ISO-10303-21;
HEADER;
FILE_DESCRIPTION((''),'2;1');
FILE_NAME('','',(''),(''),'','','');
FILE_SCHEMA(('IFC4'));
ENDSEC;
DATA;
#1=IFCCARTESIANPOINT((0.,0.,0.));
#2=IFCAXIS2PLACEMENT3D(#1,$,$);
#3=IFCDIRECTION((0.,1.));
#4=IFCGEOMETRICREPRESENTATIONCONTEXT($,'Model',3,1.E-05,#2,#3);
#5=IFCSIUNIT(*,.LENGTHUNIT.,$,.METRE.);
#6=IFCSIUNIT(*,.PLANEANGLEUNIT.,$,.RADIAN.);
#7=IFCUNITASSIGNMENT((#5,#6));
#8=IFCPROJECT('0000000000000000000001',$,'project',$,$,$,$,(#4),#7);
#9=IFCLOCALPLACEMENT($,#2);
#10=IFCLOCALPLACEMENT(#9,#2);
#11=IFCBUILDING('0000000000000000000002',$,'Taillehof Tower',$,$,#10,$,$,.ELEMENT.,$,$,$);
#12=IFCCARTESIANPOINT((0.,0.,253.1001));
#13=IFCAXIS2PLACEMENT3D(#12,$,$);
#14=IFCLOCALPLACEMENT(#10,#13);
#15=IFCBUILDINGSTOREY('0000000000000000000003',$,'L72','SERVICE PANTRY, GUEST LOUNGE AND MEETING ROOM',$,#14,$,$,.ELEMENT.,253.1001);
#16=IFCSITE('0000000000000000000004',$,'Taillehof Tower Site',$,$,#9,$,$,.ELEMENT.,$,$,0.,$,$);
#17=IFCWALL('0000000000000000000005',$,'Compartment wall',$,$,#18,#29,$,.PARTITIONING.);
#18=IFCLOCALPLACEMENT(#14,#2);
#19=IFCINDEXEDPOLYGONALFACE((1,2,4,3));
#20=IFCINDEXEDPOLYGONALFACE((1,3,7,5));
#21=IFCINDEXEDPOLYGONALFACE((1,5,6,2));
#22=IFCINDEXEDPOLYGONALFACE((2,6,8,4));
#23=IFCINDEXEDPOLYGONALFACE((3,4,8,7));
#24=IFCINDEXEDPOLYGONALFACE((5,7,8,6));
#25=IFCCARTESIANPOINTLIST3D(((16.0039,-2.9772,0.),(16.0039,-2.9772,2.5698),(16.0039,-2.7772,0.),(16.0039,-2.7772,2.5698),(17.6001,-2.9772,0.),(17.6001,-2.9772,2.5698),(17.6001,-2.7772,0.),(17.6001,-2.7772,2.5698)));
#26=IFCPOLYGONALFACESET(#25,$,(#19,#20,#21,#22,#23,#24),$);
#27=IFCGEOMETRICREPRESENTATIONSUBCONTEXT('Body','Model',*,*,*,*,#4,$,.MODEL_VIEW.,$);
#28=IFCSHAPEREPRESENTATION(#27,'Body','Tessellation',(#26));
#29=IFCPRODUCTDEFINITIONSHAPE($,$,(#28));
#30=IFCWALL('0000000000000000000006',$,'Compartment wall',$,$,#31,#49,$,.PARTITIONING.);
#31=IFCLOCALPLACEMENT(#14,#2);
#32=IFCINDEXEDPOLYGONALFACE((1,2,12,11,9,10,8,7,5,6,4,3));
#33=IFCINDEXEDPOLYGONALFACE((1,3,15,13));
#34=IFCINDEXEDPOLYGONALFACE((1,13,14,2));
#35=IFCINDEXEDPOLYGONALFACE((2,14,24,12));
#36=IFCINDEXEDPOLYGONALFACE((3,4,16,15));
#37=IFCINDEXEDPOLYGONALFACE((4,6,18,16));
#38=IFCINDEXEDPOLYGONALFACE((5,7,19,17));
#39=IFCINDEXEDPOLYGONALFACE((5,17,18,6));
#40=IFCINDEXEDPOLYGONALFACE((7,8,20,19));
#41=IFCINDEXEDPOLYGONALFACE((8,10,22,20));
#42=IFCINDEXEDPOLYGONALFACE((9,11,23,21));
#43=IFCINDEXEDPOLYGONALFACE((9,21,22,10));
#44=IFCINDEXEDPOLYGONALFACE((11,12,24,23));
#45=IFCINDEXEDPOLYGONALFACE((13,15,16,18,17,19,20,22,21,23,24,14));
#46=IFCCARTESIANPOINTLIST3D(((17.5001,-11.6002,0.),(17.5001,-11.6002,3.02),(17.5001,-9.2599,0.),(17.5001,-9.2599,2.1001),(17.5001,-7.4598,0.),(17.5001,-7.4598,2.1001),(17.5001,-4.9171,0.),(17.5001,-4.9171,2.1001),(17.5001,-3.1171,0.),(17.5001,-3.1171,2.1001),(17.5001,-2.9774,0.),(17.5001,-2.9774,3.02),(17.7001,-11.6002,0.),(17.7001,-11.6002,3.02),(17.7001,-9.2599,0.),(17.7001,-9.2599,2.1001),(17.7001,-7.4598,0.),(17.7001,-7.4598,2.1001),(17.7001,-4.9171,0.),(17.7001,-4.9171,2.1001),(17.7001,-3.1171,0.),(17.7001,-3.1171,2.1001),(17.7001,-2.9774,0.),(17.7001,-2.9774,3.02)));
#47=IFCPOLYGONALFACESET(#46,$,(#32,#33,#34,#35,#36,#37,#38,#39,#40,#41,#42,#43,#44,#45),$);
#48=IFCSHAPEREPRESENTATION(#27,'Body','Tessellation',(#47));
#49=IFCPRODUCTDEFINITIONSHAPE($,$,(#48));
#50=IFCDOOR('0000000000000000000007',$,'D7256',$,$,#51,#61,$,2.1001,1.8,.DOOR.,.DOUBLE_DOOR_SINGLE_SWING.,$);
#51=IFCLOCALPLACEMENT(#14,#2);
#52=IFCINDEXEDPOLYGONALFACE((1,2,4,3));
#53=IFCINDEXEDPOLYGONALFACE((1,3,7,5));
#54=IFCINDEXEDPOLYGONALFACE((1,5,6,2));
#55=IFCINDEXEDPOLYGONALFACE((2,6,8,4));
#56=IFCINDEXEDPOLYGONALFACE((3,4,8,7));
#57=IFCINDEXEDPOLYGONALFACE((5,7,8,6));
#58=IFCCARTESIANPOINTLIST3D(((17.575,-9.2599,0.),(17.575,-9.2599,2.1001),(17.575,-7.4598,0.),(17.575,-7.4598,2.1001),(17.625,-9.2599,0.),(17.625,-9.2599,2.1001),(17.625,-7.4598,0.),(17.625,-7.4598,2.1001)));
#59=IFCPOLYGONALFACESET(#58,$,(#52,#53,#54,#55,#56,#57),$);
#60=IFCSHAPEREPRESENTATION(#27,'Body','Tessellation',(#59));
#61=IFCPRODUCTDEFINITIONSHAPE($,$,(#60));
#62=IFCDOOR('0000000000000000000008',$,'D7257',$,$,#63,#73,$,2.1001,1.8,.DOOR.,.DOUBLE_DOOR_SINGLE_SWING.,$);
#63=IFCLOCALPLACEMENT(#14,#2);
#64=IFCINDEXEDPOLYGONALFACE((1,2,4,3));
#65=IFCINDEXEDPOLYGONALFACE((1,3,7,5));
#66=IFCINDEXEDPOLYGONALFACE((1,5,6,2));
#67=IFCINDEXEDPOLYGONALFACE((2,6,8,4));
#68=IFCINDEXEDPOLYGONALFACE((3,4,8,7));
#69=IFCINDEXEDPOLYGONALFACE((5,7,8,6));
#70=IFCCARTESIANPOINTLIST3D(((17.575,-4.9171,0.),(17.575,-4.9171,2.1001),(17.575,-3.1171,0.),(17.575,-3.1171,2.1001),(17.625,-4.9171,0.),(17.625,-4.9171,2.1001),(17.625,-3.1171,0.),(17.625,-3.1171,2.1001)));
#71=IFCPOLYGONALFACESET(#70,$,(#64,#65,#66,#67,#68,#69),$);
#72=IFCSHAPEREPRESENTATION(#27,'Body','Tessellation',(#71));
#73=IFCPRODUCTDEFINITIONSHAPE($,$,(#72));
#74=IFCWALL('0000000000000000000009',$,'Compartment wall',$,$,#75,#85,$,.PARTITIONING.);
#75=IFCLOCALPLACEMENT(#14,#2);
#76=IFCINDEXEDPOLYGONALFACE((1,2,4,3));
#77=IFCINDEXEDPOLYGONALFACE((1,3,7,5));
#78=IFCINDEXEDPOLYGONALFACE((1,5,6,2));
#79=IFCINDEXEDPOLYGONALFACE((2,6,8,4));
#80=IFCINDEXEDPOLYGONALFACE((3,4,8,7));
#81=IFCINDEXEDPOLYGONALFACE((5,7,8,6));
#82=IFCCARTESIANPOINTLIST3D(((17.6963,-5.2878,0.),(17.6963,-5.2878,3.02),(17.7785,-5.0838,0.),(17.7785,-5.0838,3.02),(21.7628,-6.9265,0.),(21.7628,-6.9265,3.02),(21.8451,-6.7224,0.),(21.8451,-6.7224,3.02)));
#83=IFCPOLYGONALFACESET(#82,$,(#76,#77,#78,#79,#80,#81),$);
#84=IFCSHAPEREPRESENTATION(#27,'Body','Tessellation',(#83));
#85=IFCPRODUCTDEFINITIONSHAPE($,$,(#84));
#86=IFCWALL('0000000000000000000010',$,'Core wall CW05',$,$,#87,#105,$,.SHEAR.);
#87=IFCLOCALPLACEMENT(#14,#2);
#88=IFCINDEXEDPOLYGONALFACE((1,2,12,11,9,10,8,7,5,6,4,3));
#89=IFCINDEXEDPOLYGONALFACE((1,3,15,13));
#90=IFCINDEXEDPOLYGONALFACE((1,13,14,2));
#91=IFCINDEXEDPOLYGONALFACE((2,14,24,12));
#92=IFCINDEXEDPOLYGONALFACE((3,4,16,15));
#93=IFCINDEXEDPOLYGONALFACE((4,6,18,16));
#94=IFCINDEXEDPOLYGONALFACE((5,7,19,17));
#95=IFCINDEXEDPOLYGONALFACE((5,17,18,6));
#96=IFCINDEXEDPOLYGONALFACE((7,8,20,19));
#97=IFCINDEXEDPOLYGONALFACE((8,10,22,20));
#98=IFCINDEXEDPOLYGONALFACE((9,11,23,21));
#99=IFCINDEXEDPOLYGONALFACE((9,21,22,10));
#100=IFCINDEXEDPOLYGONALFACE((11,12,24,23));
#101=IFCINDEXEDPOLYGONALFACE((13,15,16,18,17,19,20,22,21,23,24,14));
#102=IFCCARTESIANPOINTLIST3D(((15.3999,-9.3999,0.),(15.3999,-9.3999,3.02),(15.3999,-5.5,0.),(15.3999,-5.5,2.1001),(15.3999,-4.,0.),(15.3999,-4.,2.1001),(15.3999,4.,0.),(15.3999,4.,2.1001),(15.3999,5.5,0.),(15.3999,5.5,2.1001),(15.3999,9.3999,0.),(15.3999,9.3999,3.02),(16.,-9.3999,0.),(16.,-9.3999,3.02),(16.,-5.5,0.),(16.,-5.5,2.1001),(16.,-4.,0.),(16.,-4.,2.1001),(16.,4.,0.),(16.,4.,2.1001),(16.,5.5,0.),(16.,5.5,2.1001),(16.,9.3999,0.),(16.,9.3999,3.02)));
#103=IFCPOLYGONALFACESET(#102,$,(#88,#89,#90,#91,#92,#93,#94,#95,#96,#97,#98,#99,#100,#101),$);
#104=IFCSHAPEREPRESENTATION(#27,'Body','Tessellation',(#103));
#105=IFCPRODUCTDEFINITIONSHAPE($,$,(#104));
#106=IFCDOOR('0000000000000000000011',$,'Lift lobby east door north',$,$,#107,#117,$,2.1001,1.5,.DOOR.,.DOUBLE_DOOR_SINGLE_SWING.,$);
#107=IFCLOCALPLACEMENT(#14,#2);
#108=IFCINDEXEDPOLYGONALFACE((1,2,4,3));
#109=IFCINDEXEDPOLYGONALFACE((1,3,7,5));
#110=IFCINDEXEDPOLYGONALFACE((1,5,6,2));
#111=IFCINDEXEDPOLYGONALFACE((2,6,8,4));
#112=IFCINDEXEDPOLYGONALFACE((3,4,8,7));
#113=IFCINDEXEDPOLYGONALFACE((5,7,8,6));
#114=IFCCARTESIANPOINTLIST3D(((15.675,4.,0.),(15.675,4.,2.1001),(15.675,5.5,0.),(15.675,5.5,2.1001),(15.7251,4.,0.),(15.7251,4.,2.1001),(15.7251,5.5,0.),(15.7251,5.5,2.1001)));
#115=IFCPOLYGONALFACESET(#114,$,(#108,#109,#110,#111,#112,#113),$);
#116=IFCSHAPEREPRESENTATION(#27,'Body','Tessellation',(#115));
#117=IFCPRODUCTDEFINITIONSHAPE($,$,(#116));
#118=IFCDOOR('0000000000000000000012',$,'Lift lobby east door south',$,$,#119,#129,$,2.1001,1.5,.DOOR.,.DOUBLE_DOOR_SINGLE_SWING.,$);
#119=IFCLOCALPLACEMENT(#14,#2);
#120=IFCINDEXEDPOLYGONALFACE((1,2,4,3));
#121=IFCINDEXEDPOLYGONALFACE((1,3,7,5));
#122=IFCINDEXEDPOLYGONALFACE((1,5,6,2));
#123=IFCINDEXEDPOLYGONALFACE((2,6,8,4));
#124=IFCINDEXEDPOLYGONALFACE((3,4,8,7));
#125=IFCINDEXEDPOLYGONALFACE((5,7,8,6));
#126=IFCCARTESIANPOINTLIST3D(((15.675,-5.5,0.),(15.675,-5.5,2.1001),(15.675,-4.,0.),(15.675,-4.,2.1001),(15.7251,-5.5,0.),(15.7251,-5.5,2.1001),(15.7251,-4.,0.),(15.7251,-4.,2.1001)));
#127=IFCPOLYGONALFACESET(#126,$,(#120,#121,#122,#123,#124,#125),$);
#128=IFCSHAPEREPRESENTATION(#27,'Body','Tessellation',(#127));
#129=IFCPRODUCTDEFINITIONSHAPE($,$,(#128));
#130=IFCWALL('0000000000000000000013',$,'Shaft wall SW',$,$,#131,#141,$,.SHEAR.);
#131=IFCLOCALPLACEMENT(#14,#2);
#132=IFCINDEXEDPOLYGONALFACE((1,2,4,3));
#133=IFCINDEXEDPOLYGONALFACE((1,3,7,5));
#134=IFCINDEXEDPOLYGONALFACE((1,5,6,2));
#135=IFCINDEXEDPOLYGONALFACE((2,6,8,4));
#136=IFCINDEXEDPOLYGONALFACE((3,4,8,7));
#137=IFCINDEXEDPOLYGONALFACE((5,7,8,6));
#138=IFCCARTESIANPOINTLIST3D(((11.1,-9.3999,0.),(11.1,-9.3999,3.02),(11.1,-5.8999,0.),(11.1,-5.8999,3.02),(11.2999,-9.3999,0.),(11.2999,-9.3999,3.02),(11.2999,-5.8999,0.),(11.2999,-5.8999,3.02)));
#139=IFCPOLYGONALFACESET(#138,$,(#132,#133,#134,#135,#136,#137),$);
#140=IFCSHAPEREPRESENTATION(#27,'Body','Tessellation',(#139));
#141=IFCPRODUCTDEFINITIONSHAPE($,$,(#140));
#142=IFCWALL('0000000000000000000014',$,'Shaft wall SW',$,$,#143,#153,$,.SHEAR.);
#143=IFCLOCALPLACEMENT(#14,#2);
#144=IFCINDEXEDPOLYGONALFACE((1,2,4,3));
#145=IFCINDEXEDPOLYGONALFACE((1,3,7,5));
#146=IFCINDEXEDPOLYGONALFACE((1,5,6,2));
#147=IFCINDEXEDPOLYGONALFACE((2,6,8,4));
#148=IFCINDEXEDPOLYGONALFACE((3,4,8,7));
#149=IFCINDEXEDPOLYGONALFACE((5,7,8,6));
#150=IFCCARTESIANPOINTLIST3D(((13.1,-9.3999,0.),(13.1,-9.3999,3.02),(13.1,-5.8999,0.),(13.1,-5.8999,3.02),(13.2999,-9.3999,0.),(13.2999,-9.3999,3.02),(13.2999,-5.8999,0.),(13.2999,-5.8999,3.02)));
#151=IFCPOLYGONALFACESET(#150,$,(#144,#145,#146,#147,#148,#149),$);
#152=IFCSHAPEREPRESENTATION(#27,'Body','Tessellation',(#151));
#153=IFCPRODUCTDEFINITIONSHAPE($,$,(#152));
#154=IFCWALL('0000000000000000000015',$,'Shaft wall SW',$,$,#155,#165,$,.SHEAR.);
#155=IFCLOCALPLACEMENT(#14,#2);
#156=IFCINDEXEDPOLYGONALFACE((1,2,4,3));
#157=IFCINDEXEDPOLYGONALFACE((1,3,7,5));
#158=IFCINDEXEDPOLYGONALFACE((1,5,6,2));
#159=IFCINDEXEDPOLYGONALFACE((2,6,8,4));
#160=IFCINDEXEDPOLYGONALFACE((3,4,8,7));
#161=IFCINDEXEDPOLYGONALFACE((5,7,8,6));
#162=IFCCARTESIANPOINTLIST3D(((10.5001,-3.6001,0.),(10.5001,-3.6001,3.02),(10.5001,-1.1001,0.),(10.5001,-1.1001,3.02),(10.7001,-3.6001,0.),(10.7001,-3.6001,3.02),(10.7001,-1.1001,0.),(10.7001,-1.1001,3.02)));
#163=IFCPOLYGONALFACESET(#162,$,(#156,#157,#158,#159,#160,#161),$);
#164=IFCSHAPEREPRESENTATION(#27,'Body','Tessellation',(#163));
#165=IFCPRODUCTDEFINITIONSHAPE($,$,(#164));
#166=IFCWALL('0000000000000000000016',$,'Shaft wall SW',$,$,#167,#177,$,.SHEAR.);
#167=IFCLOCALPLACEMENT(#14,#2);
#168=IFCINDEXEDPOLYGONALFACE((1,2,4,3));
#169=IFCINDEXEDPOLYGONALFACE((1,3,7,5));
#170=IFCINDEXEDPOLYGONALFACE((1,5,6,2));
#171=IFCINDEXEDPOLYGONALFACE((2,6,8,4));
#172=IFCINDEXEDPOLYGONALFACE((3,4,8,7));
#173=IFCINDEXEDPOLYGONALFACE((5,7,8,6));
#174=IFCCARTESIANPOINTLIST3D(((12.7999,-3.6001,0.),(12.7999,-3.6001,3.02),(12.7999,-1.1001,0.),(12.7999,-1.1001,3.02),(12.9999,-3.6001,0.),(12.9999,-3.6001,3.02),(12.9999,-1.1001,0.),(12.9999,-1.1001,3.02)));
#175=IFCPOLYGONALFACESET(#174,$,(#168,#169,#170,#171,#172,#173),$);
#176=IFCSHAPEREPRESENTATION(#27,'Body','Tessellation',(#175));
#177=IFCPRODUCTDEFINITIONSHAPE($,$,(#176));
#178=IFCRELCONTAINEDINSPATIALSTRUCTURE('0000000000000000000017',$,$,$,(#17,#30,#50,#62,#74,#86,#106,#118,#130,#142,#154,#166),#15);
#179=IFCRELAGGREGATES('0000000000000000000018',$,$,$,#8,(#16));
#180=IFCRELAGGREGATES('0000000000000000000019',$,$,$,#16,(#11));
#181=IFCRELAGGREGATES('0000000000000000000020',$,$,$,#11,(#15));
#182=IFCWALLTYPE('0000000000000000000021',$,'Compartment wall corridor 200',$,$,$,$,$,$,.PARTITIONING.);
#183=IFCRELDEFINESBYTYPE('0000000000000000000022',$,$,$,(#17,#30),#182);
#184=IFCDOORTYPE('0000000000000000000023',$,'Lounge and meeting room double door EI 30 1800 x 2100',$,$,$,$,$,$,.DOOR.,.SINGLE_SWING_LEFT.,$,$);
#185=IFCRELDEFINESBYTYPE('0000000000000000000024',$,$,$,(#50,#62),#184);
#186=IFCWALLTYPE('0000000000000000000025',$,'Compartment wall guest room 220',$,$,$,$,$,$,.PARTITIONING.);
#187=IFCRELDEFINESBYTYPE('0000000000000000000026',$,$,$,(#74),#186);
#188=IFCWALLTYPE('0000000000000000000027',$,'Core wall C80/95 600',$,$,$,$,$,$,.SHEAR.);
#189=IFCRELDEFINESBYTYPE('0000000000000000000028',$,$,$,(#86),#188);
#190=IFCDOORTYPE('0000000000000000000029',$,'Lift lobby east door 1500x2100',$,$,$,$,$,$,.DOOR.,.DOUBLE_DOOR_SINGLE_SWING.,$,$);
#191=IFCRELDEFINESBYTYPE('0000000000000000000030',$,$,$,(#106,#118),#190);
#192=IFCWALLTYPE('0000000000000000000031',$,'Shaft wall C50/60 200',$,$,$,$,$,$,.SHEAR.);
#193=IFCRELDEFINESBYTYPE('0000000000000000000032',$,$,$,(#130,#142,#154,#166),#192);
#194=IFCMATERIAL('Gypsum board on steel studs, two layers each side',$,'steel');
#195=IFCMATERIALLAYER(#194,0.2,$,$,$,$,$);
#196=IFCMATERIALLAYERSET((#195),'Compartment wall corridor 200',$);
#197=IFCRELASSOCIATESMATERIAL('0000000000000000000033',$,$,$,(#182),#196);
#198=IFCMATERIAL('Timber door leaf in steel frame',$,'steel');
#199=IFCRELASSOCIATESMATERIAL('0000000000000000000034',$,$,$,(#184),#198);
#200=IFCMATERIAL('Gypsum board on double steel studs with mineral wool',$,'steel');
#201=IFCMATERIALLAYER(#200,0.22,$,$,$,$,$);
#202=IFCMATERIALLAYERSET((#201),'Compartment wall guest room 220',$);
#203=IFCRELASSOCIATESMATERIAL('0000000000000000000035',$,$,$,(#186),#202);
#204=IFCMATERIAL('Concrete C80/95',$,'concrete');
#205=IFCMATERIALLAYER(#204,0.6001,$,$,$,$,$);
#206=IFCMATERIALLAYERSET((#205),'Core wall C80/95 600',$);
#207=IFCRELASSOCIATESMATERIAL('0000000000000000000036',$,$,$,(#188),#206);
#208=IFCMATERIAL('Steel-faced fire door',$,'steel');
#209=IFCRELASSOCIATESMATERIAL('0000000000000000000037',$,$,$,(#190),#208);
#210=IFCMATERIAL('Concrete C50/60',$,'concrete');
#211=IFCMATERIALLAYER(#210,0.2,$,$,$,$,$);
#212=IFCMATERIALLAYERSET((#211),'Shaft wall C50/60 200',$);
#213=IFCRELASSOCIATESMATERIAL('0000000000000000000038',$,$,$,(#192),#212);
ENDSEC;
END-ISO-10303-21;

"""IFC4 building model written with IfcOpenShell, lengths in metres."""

from ifc_helpers import new_model, si_unit, direction, frame, frame_2d, origin, place, context, subcontext, project, spatial, rectangle, extrude, material, layer, layer_set, type_object, element, fill, save


model = new_model("IFC4")

# Units and contexts
model_context = context("Model", 3, precision=1e-05, world=origin(), true_north=direction((0.0, 1.0)))
body_context = subcontext(model_context, "Body", "Model", "MODEL_VIEW")
ifc_project = project(units=[si_unit("LENGTHUNIT", "METRE"), si_unit("PLANEANGLEUNIT", "RADIAN")], contexts=[model_context])

# Site, building, storey
site_placement = place(None, origin())
site = spatial("IfcSite", under=ifc_project, at=site_placement, Name="Taillehof Tower Site", CompositionType="ELEMENT", RefElevation=0.0)
building_placement = place(site_placement, origin())
building = spatial("IfcBuilding", under=site, at=building_placement, Name="Taillehof Tower", CompositionType="ELEMENT")
storey_placement = place(building_placement, frame((0.0, 0.0, 253.1001)))
storey = spatial("IfcBuildingStorey", under=building, at=storey_placement, Name="L72", Description="SERVICE PANTRY, GUEST LOUNGE AND MEETING ROOM", CompositionType="ELEMENT", Elevation=253.1001)

# Wall
ifc_material_1 = material(Name="Gypsum board on steel studs, two layers each side", Category="steel")
ifc_layer_1 = layer(ifc_material_1, 0.2)
ifc_layer_set_1 = layer_set([ifc_layer_1], Name="Compartment wall corridor 200")
wall_type_1 = type_object("IfcWallType", Name="Compartment wall corridor 200", PredefinedType="PARTITIONING", material=ifc_layer_set_1)
wall_1_placement = place(storey_placement, frame((16.0039, -2.8772, 0.0), z_axis=(0.0, 0.0, 1.0), x_axis=(1.0, 0.0, 0.0)))
element("IfcWall", 1, at=wall_1_placement, inside=storey, type_object=wall_type_1, Name="Compartment wall", PredefinedType="PARTITIONING", context=body_context, shape_type="SweptSolid", body=[
    extrude(rectangle(XDim=1.5962, YDim=0.2, at=frame_2d((0.7981, 0.0))), origin(), (0.0, 0.0, 1.0), 2.5698),
])

# Wall, openings, doors
wall_2_placement = place(storey_placement, frame((17.6001, -2.9773, 0.0), z_axis=(0.0, 0.0, 1.0), x_axis=(0.0, -1.0, 0.0)))
wall_2 = element("IfcWall", 2, at=wall_2_placement, inside=storey, type_object=wall_type_1, Name="Compartment wall", PredefinedType="PARTITIONING", context=body_context, shape_type="SweptSolid", body=[
    extrude(rectangle(XDim=8.6228, YDim=0.2, at=frame_2d((4.3115, 0.0))), origin(), (0.0, 0.0, 1.0), 3.02),
])
opening_1_placement = place(wall_2_placement, frame((4.4827, 0.0, 0.0)))
opening_1 = element("IfcOpeningElement", 3, at=opening_1_placement, cuts=wall_2, PredefinedType="OPENING", context=body_context, shape_type="SweptSolid", body=[
    extrude(rectangle(XDim=1.8, YDim=2.1001, at=frame_2d((0.8999, 1.05))), frame((0.0, 0.1099, 0.0), z_axis=(0.0, -1.0, 0.0), x_axis=(1.0, 0.0, 0.0)), (0.0, 0.0, 1.0), 0.22),
])
opening_2_placement = place(wall_2_placement, frame((0.1399, 0.0, 0.0)))
opening_2 = element("IfcOpeningElement", 4, at=opening_2_placement, cuts=wall_2, PredefinedType="OPENING", context=body_context, shape_type="SweptSolid", body=[
    extrude(rectangle(XDim=1.8, YDim=2.1001, at=frame_2d((0.8999, 1.05))), frame((0.0, 0.1099, 0.0), z_axis=(0.0, -1.0, 0.0), x_axis=(1.0, 0.0, 0.0)), (0.0, 0.0, 1.0), 0.22),
])
ifc_material_2 = material(Name="Timber door leaf in steel frame", Category="steel")
door_type_1 = type_object("IfcDoorType", Name="Lounge and meeting room double door EI 30 1800 x 2100", OperationType="SINGLE_SWING_LEFT", PredefinedType="DOOR", material=ifc_material_2)
door_1_placement = place(opening_1_placement, origin())
door_1 = element("IfcDoor", 5, at=door_1_placement, inside=storey, type_object=door_type_1, Name="D7256", OperationType="DOUBLE_DOOR_SINGLE_SWING", OverallHeight=2.1001, OverallWidth=1.8, PredefinedType="DOOR", context=body_context, shape_type="SweptSolid", body=[
    extrude(rectangle(XDim=1.8, YDim=2.1001, at=frame_2d((0.8999, 1.05))), frame((0.0, 0.0249, 0.0), z_axis=(0.0, -1.0, 0.0), x_axis=(1.0, 0.0, 0.0)), (0.0, 0.0, 1.0), 0.05),
])
fill(opening_1, door_1)
door_2_placement = place(opening_2_placement, origin())
door_2 = element("IfcDoor", 6, at=door_2_placement, inside=storey, type_object=door_type_1, Name="D7257", OperationType="DOUBLE_DOOR_SINGLE_SWING", OverallHeight=2.1001, OverallWidth=1.8, PredefinedType="DOOR", context=body_context, shape_type="SweptSolid", body=[
    extrude(rectangle(XDim=1.8, YDim=2.1001, at=frame_2d((0.8999, 1.05))), frame((0.0, 0.0249, 0.0), z_axis=(0.0, -1.0, 0.0), x_axis=(1.0, 0.0, 0.0)), (0.0, 0.0, 1.0), 0.05),
])
fill(opening_2, door_2)

# Wall
ifc_material_3 = material(Name="Gypsum board on double steel studs with mineral wool", Category="steel")
ifc_layer_2 = layer(ifc_material_3, 0.22)
ifc_layer_set_2 = layer_set([ifc_layer_2], Name="Compartment wall guest room 220")
wall_type_2 = type_object("IfcWallType", Name="Compartment wall guest room 220", PredefinedType="PARTITIONING", material=ifc_layer_set_2)
wall_3_placement = place(storey_placement, frame((21.804, -6.8245, 0.0), z_axis=(0.0, 0.0, 1.0), x_axis=(-0.927529, 0.373751, 0.0)))
element("IfcWall", 7, at=wall_3_placement, inside=storey, type_object=wall_type_2, Name="Compartment wall", PredefinedType="PARTITIONING", context=body_context, shape_type="SweptSolid", body=[
    extrude(rectangle(XDim=4.3843, YDim=0.22, at=frame_2d((2.1921, 0.0))), origin(), (0.0, 0.0, 1.0), 3.02),
])

# Wall, openings, doors
ifc_material_4 = material(Name="Concrete C80/95", Category="concrete")
ifc_layer_3 = layer(ifc_material_4, 0.6001)
ifc_layer_set_3 = layer_set([ifc_layer_3], Name="Core wall C80/95 600")
wall_type_3 = type_object("IfcWallType", Name="Core wall C80/95 600", PredefinedType="SHEAR", material=ifc_layer_set_3)
wall_4_placement = place(storey_placement, frame((15.7, -9.3999, 0.0), z_axis=(0.0, 0.0, 1.0), x_axis=(0.0, 1.0, 0.0)))
wall_4 = element("IfcWall", 8, at=wall_4_placement, inside=storey, type_object=wall_type_3, Name="Core wall CW05", PredefinedType="SHEAR", context=body_context, shape_type="SweptSolid", body=[
    extrude(rectangle(XDim=18.7998, YDim=0.6001, at=frame_2d((9.3999, 0.0))), origin(), (0.0, 0.0, 1.0), 3.02),
])
opening_3_placement = place(wall_4_placement, frame((13.3999, 0.0, 0.0)))
opening_3 = element("IfcOpeningElement", 9, at=opening_3_placement, cuts=wall_4, PredefinedType="OPENING", context=body_context, shape_type="SweptSolid", body=[
    extrude(rectangle(XDim=1.5, YDim=2.1001, at=frame_2d((0.75, 1.05))), frame((0.0, 0.3101, 0.0), z_axis=(0.0, -1.0, 0.0), x_axis=(1.0, 0.0, 0.0)), (0.0, 0.0, 1.0), 0.6201),
])
opening_4_placement = place(wall_4_placement, frame((3.8999, 0.0, 0.0)))
opening_4 = element("IfcOpeningElement", 10, at=opening_4_placement, cuts=wall_4, PredefinedType="OPENING", context=body_context, shape_type="SweptSolid", body=[
    extrude(rectangle(XDim=1.5, YDim=2.1001, at=frame_2d((0.75, 1.05))), frame((0.0, 0.3101, 0.0), z_axis=(0.0, -1.0, 0.0), x_axis=(1.0, 0.0, 0.0)), (0.0, 0.0, 1.0), 0.6201),
])
ifc_material_5 = material(Name="Steel-faced fire door", Category="steel")
door_type_2 = type_object("IfcDoorType", Name="Lift lobby east door 1500x2100", OperationType="DOUBLE_DOOR_SINGLE_SWING", PredefinedType="DOOR", material=ifc_material_5)
door_3_placement = place(opening_3_placement, origin())
door_3 = element("IfcDoor", 11, at=door_3_placement, inside=storey, type_object=door_type_2, Name="Lift lobby east door north", OperationType="DOUBLE_DOOR_SINGLE_SWING", OverallHeight=2.1001, OverallWidth=1.5, PredefinedType="DOOR", context=body_context, shape_type="SweptSolid", body=[
    extrude(rectangle(XDim=1.5, YDim=2.1001, at=frame_2d((0.75, 1.05))), frame((0.0, 0.0249, 0.0), z_axis=(0.0, -1.0, 0.0), x_axis=(1.0, 0.0, 0.0)), (0.0, 0.0, 1.0), 0.05),
])
fill(opening_3, door_3)
door_4_placement = place(opening_4_placement, origin())
door_4 = element("IfcDoor", 12, at=door_4_placement, inside=storey, type_object=door_type_2, Name="Lift lobby east door south", OperationType="DOUBLE_DOOR_SINGLE_SWING", OverallHeight=2.1001, OverallWidth=1.5, PredefinedType="DOOR", context=body_context, shape_type="SweptSolid", body=[
    extrude(rectangle(XDim=1.5, YDim=2.1001, at=frame_2d((0.75, 1.05))), frame((0.0, 0.0249, 0.0), z_axis=(0.0, -1.0, 0.0), x_axis=(1.0, 0.0, 0.0)), (0.0, 0.0, 1.0), 0.05),
])
fill(opening_4, door_4)

# Walls
ifc_material_6 = material(Name="Concrete C50/60", Category="concrete")
ifc_layer_4 = layer(ifc_material_6, 0.2)
ifc_layer_set_4 = layer_set([ifc_layer_4], Name="Shaft wall C50/60 200")
wall_type_4 = type_object("IfcWallType", Name="Shaft wall C50/60 200", PredefinedType="SHEAR", material=ifc_layer_set_4)
for number, where, z_axis, x_axis, name in (
    (13, (11.2, -9.3999, 0.0), (0.0, 0.0, 1.0), (0.0, 1.0, 0.0), "Shaft wall SW"),
    (14, (13.2, -9.3999, 0.0), (0.0, 0.0, 1.0), (0.0, 1.0, 0.0), "Shaft wall SW"),
):
    element("IfcWall", number, at=place(storey_placement, frame(where, z_axis=z_axis, x_axis=x_axis)), inside=storey, type_object=wall_type_4, Name=name, PredefinedType="SHEAR", context=body_context, shape_type="SweptSolid", body=[
        extrude(rectangle(XDim=3.5, YDim=0.2, at=frame_2d((1.75, 0.0))), origin(), (0.0, 0.0, 1.0), 3.02),
    ])
for number, where, z_axis, x_axis, name in (
    (15, (10.6001, -3.6001, 0.0), (0.0, 0.0, 1.0), (0.0, 1.0, 0.0), "Shaft wall SW"),
    (16, (12.8999, -3.6001, 0.0), (0.0, 0.0, 1.0), (0.0, 1.0, 0.0), "Shaft wall SW"),
):
    element("IfcWall", number, at=place(storey_placement, frame(where, z_axis=z_axis, x_axis=x_axis)), inside=storey, type_object=wall_type_4, Name=name, PredefinedType="SHEAR", context=body_context, shape_type="SweptSolid", body=[
        extrude(rectangle(XDim=2.5, YDim=0.2, at=frame_2d((1.25, 0.0))), origin(), (0.0, 0.0, 1.0), 3.02),
    ])

save(model, "model.ifc")
